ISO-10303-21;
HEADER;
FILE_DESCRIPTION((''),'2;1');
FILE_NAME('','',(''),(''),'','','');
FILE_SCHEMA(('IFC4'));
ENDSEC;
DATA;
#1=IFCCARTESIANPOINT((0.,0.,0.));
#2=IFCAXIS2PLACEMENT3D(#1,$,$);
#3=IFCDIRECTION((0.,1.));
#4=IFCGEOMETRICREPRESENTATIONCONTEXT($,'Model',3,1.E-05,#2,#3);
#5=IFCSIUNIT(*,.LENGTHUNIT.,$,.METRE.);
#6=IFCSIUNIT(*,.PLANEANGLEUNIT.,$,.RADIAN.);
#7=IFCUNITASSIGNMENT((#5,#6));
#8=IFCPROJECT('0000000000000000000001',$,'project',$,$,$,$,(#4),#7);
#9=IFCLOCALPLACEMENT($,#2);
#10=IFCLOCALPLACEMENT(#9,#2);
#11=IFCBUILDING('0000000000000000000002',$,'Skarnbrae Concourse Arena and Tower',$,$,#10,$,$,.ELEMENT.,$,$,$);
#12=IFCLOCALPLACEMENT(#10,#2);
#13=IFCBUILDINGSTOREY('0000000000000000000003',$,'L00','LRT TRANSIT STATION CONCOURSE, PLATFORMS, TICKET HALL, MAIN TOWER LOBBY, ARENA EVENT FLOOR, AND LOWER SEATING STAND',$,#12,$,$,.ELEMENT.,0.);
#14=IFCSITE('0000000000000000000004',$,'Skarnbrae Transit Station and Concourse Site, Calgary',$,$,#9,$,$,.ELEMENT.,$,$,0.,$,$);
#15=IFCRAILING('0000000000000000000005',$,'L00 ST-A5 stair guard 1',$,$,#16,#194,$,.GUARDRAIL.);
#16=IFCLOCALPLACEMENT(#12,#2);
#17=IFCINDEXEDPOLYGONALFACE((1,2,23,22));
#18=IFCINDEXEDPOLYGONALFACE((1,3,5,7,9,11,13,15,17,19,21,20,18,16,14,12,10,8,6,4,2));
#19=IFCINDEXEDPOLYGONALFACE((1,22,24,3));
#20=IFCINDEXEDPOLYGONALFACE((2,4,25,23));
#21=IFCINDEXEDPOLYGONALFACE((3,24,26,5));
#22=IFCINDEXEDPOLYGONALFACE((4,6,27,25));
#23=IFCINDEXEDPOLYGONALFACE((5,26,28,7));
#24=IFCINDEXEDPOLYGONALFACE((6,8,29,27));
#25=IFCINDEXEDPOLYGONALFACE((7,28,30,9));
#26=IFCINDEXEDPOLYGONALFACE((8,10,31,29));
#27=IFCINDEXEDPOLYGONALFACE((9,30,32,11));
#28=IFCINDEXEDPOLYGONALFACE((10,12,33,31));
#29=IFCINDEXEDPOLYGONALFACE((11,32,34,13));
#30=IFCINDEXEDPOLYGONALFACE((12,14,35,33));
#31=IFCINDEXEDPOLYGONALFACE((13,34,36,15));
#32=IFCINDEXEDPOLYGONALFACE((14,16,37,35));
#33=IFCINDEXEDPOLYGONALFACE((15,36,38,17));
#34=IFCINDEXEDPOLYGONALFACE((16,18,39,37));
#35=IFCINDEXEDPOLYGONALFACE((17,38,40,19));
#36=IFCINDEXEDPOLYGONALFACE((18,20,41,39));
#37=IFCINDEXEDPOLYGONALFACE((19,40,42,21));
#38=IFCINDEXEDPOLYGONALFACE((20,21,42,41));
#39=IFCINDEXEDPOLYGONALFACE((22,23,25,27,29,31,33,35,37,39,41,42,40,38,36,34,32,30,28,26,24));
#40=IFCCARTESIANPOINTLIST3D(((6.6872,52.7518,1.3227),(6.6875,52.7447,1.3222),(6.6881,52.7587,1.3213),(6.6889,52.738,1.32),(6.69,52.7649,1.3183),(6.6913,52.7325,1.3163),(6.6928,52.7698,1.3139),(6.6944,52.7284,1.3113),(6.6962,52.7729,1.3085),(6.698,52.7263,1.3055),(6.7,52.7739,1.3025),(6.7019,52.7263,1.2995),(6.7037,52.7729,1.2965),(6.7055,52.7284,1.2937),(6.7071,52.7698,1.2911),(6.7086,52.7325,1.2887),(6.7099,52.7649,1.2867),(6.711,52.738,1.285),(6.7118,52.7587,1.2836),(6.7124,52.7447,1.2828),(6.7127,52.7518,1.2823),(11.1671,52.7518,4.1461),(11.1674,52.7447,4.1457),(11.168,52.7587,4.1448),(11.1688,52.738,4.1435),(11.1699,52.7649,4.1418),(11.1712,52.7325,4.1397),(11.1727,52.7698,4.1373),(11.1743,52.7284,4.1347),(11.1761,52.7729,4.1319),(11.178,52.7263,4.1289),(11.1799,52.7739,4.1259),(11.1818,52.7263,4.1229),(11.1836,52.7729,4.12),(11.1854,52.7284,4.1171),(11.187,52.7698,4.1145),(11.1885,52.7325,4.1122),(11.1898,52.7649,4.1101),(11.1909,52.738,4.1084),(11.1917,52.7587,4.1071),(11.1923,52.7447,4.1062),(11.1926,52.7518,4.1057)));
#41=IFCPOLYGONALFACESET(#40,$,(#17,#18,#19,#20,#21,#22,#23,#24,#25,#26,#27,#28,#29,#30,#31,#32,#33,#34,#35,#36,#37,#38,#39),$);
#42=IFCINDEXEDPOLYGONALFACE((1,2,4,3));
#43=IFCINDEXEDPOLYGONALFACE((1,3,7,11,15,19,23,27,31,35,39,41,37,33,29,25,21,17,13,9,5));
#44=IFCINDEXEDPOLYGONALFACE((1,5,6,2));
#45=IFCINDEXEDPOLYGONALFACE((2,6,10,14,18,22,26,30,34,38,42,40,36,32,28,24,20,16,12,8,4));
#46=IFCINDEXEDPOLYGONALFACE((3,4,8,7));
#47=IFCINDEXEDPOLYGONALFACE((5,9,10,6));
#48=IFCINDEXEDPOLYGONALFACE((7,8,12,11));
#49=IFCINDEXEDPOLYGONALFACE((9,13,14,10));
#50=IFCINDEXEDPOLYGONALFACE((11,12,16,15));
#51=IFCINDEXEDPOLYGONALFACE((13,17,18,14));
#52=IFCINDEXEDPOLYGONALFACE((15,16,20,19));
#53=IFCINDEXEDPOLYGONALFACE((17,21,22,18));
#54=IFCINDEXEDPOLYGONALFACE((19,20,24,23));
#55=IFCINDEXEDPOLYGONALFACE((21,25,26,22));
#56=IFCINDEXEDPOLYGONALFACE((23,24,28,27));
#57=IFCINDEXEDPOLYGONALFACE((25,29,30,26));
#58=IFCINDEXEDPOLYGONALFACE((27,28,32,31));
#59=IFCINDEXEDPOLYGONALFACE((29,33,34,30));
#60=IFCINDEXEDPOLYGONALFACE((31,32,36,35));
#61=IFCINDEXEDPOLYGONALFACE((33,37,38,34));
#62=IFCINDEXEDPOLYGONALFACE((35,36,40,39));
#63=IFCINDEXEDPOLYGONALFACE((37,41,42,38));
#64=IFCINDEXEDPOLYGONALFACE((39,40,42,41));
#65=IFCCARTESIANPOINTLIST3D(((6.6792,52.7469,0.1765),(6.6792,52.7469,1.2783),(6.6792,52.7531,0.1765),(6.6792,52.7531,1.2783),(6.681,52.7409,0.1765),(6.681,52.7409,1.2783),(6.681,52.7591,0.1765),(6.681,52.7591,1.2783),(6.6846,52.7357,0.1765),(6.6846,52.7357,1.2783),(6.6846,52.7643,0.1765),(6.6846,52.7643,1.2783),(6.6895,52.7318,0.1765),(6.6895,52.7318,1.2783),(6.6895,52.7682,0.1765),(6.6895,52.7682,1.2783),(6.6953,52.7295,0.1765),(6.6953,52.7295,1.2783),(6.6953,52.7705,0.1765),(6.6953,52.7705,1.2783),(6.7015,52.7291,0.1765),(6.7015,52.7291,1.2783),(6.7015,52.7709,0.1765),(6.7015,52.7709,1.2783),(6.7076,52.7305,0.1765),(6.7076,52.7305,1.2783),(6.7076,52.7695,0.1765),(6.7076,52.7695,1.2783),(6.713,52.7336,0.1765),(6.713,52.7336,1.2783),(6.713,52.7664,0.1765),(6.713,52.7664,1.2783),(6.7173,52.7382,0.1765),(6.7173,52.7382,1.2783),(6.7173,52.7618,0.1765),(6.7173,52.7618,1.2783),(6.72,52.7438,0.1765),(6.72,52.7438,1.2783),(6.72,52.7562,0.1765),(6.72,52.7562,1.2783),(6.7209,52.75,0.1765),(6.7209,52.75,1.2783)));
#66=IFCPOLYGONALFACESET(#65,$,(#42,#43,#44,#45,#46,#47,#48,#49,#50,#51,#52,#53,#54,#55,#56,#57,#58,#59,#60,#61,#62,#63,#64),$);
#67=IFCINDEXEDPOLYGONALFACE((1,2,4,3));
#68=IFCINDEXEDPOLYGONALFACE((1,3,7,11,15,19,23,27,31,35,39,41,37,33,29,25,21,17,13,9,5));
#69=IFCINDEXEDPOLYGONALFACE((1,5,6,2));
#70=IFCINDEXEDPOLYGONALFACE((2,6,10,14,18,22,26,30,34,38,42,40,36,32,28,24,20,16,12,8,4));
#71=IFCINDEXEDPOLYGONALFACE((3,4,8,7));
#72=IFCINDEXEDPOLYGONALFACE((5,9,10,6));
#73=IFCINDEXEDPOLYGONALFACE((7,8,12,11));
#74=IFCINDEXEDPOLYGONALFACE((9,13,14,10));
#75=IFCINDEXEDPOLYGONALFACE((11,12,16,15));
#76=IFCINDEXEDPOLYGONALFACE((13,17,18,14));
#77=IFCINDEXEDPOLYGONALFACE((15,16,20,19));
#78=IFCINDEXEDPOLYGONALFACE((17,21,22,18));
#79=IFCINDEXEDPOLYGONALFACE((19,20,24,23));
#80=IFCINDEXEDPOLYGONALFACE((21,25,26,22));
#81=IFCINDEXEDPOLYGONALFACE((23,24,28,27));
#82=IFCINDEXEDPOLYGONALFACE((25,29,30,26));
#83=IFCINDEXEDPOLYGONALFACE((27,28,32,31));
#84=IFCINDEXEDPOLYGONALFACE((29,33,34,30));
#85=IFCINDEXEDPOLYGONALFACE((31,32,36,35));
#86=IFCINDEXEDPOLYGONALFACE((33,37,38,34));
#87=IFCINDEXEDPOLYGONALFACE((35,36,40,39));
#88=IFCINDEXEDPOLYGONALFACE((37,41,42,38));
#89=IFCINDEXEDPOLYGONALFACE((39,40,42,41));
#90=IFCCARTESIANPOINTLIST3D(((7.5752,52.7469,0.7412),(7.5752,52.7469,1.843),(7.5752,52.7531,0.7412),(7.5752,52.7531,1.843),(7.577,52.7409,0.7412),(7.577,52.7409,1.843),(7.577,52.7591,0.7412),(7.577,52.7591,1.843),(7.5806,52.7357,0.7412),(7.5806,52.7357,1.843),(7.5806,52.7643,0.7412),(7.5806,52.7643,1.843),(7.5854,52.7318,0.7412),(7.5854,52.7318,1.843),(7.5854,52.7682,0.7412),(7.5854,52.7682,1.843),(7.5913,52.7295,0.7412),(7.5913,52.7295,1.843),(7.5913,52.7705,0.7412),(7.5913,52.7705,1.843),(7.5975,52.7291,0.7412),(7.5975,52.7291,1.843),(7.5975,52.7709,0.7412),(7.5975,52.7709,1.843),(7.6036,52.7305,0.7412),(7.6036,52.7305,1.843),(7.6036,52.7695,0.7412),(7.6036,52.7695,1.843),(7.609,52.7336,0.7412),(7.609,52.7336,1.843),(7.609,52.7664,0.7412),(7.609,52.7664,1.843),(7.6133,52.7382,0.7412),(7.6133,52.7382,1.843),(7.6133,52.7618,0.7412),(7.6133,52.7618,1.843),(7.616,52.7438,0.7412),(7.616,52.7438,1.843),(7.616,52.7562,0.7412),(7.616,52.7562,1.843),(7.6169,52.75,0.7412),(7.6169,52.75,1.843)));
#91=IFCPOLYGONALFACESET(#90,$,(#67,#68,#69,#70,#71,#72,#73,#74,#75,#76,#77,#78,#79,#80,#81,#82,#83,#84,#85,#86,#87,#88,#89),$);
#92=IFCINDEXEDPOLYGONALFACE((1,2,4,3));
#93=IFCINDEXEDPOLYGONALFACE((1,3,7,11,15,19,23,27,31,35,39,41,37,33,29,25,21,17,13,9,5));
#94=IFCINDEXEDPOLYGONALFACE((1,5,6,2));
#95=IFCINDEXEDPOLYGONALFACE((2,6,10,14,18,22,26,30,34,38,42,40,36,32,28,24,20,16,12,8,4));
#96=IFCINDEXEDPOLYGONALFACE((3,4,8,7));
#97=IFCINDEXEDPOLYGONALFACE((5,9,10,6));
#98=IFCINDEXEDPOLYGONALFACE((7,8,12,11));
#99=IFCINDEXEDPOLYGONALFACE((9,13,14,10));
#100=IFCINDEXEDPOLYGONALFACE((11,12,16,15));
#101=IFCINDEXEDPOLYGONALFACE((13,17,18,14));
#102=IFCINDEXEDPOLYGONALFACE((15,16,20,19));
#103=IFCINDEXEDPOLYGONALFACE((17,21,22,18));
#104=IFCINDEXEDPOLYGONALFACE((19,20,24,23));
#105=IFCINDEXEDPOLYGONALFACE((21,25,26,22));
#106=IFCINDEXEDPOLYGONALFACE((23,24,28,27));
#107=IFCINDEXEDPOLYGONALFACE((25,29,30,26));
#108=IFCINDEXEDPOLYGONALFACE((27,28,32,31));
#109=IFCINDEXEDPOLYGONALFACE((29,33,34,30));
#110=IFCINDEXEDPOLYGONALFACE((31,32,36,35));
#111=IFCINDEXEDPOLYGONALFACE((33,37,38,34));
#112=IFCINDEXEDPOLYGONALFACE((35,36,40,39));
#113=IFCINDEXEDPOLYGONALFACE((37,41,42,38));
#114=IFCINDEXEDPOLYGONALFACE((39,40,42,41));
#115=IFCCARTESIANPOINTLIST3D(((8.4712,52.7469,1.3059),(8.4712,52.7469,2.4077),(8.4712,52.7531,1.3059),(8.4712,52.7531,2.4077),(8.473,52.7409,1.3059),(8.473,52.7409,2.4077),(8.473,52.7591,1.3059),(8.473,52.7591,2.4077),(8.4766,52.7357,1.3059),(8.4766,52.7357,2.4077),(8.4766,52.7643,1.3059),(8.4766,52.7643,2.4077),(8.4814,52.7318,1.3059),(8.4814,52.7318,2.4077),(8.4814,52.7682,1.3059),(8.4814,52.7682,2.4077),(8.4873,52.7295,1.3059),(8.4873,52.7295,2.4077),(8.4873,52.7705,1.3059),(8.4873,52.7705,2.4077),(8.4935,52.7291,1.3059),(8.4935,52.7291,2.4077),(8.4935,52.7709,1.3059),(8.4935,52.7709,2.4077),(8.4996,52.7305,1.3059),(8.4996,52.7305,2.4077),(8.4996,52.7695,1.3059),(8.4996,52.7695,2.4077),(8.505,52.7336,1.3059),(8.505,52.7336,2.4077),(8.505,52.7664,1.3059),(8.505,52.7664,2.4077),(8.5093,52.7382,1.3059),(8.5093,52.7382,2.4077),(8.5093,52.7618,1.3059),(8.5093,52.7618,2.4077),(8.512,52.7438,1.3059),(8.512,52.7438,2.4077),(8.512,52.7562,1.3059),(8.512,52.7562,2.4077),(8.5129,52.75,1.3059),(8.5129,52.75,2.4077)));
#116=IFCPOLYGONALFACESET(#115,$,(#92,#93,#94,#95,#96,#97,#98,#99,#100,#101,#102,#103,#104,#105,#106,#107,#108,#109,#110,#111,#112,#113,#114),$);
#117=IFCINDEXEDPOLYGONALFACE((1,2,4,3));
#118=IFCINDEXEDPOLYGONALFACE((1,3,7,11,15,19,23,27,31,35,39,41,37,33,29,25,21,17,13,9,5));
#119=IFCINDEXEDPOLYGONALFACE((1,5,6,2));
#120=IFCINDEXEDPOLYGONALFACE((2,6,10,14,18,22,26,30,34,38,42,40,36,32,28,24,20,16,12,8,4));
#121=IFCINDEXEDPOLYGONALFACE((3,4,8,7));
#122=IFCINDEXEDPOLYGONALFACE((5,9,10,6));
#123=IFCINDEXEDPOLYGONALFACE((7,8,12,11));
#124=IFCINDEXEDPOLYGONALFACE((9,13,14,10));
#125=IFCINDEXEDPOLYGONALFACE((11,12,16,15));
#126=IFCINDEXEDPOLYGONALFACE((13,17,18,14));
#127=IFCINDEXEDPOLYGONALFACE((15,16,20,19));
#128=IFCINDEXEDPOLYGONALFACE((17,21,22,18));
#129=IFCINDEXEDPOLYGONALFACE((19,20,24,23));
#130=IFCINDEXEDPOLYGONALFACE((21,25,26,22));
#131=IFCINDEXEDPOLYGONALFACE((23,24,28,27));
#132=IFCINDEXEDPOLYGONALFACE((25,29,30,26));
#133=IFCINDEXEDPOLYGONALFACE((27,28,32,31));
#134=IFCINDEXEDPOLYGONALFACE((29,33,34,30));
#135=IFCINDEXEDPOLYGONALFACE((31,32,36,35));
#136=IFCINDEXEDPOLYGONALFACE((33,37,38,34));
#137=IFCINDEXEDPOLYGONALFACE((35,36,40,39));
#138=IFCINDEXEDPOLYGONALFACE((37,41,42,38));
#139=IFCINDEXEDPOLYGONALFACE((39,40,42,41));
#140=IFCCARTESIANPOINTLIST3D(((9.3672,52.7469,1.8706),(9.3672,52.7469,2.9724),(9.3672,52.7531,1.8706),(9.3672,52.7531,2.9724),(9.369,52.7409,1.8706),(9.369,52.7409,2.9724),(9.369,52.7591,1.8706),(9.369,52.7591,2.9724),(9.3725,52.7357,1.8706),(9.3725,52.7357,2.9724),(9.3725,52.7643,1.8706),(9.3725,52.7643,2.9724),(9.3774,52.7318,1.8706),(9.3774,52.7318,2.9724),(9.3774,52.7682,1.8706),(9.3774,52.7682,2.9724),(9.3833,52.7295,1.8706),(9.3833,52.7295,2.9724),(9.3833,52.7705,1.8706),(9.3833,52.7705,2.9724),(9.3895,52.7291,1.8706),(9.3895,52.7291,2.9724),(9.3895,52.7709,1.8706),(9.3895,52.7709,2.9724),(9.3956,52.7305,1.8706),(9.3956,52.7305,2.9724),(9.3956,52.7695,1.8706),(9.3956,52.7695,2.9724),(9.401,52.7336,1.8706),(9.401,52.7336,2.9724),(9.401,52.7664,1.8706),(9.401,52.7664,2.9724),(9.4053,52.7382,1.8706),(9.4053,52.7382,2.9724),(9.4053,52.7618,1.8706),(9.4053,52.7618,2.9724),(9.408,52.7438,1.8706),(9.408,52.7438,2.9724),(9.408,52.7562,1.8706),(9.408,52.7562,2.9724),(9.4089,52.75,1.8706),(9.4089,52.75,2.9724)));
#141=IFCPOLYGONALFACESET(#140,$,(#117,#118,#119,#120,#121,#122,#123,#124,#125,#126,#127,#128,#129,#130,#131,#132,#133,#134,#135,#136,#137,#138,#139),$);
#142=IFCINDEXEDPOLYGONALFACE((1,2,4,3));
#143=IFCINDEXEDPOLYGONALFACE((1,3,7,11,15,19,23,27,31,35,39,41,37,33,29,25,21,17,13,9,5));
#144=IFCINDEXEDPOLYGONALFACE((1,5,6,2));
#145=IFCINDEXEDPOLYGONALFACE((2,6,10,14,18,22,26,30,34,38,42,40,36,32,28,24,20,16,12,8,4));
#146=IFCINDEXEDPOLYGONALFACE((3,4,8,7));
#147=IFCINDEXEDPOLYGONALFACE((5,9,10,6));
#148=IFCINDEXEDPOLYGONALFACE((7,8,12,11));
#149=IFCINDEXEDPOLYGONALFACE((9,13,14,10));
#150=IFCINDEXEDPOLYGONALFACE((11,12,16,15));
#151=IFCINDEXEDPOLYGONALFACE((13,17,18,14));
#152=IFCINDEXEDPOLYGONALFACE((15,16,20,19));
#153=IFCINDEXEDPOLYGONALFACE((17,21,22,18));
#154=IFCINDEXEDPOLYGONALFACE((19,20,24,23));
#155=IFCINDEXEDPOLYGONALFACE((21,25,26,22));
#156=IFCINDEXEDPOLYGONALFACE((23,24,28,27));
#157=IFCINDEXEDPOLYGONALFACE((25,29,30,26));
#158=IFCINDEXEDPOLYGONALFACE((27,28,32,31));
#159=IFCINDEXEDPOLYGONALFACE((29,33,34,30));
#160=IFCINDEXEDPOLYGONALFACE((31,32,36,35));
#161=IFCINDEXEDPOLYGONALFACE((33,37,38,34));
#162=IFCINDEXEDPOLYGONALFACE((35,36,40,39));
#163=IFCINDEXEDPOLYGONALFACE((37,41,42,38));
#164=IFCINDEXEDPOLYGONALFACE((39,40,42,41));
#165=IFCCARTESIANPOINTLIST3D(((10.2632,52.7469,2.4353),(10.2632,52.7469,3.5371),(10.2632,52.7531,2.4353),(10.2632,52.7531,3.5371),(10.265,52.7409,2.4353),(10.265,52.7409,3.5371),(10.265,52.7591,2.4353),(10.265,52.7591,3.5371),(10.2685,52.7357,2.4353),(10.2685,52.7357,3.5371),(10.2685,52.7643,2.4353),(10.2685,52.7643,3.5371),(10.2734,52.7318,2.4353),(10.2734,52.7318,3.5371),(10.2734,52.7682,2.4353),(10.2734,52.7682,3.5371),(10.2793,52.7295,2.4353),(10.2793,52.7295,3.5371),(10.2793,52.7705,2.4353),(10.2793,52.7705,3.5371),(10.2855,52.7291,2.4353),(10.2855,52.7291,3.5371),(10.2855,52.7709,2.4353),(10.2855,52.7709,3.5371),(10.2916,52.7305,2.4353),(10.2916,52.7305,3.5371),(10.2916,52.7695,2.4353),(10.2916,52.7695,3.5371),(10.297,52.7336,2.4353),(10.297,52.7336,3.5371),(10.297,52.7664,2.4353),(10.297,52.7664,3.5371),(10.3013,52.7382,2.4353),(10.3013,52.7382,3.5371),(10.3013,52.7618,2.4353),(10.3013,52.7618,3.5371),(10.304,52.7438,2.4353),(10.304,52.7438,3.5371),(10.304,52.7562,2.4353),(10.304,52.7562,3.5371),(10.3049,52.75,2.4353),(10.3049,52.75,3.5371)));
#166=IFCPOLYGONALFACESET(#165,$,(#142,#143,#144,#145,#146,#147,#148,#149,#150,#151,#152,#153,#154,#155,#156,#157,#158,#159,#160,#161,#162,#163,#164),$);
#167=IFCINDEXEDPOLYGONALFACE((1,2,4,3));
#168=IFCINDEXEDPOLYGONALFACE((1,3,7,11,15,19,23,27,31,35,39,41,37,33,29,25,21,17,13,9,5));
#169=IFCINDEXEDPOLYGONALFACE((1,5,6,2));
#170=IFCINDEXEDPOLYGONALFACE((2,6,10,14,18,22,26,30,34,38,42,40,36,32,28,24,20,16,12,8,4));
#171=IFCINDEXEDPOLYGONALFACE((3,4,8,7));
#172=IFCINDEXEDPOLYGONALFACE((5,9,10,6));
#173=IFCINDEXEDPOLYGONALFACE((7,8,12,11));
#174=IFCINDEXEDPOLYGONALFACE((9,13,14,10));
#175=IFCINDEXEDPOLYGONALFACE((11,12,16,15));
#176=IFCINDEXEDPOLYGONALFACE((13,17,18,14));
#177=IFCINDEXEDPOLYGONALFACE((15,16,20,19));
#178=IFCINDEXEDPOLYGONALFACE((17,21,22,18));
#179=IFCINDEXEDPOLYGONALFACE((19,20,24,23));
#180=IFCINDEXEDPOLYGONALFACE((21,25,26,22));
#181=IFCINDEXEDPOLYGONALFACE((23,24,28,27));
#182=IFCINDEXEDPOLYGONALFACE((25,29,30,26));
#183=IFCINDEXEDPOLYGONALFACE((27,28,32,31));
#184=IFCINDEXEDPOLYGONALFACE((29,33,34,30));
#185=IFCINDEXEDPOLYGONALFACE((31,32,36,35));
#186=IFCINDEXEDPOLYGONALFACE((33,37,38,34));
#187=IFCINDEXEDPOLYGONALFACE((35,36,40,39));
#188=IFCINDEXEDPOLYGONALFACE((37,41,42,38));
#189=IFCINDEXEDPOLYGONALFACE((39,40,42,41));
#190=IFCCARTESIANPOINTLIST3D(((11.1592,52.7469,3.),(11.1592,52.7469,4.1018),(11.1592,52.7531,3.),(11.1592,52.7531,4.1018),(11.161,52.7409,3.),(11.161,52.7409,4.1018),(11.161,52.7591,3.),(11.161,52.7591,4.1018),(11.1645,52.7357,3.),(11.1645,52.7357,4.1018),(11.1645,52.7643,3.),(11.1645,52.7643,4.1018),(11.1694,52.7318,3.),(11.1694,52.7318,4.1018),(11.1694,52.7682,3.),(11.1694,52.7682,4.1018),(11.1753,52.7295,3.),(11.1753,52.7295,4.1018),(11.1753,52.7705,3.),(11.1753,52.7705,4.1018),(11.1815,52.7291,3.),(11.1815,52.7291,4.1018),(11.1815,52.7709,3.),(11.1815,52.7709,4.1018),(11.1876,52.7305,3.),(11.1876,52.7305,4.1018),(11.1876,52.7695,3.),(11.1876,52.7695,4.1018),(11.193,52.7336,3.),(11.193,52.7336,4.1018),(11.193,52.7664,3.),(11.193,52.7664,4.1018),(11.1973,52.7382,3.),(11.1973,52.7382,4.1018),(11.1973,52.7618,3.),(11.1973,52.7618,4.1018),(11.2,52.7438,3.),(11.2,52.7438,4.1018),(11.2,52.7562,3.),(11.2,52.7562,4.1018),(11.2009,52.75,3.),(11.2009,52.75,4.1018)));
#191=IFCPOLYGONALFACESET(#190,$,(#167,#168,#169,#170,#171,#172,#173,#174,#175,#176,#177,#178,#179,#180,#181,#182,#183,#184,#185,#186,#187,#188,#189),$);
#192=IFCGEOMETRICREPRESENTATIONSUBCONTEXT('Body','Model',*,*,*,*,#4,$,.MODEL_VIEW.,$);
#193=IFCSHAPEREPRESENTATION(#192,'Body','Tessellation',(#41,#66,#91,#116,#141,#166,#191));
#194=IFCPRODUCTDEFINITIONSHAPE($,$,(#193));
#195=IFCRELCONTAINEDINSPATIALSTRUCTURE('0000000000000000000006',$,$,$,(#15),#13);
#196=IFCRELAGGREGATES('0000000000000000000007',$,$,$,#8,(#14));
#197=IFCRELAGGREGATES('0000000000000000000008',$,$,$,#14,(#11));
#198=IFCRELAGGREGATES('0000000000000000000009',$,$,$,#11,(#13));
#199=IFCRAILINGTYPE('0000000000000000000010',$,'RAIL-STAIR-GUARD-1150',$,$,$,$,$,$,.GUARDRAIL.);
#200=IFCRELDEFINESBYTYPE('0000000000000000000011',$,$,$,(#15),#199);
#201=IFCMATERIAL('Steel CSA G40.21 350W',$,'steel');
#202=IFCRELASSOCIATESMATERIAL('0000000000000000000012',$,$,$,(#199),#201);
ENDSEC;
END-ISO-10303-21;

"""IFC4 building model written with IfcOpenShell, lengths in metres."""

from ifc_helpers import new_model, si_unit, direction, frame, origin, origin_2d, place, context, subcontext, project, spatial, circle, extrude, material, type_object, element, save


model = new_model("IFC4")

# Units and contexts
model_context = context("Model", 3, precision=1e-05, world=origin(), true_north=direction((0.0, 1.0)))
body_context = subcontext(model_context, "Body", "Model", "MODEL_VIEW")
ifc_project = project(units=[si_unit("LENGTHUNIT", "METRE"), si_unit("PLANEANGLEUNIT", "RADIAN")], contexts=[model_context])

# Site, building, storey
site_placement = place(None, origin())
site = spatial("IfcSite", under=ifc_project, at=site_placement, Name="Skarnbrae Transit Station and Concourse Site, Calgary", CompositionType="ELEMENT", RefElevation=0.0)
building_placement = place(site_placement, origin())
building = spatial("IfcBuilding", under=site, at=building_placement, Name="Skarnbrae Concourse Arena and Tower", CompositionType="ELEMENT")
storey_placement = place(building_placement, origin())
storey = spatial("IfcBuildingStorey", under=building, at=storey_placement, Name="L00", Description="LRT TRANSIT STATION CONCOURSE, PLATFORMS, TICKET HALL, MAIN TOWER LOBBY, ARENA EVENT FLOOR, AND LOWER SEATING STAND", CompositionType="ELEMENT", Elevation=0.0)

# Shared definitions
ifc_material_1 = material(Name="Steel CSA G40.21 350W", Category="steel")

# Railing
railing_type_1 = type_object("IfcRailingType", Name="RAIL-STAIR-GUARD-1150", PredefinedType="GUARDRAIL", material=ifc_material_1)
railing_1_placement = place(storey_placement, frame((6.7, 52.75, 0.1765)))
element("IfcRailing", 1, at=railing_1_placement, inside=storey, type_object=railing_type_1, Name="L00 ST-A5 stair guard 1", PredefinedType="GUARDRAIL", context=body_context, shape_type="SweptSolid", body=[
    extrude(circle(Radius=0.0239, at=origin_2d()), frame((0.0, 0.0, 1.126), z_axis=(0.845998, 0.0, 0.533186), x_axis=(0.0, 1.0, 0.0)), (0.0, 0.0, 1.0), 5.2954),
    extrude(circle(Radius=0.021, at=origin_2d()), origin(), (0.0, 0.0, 1.0), 1.1018),
    extrude(circle(Radius=0.021, at=origin_2d()), frame((0.896, 0.0, 0.5647)), (0.0, 0.0, 1.0), 1.1018),
    extrude(circle(Radius=0.021, at=origin_2d()), frame((1.792, 0.0, 1.1294)), (0.0, 0.0, 1.0), 1.1018),
    extrude(circle(Radius=0.021, at=origin_2d()), frame((2.688, 0.0, 1.6941)), (0.0, 0.0, 1.0), 1.1018),
    extrude(circle(Radius=0.021, at=origin_2d()), frame((3.584, 0.0, 2.2588)), (0.0, 0.0, 1.0), 1.1018),
    extrude(circle(Radius=0.021, at=origin_2d()), frame((4.48, 0.0, 2.8235)), (0.0, 0.0, 1.0), 1.1018),
])

save(model, "model.ifc")
